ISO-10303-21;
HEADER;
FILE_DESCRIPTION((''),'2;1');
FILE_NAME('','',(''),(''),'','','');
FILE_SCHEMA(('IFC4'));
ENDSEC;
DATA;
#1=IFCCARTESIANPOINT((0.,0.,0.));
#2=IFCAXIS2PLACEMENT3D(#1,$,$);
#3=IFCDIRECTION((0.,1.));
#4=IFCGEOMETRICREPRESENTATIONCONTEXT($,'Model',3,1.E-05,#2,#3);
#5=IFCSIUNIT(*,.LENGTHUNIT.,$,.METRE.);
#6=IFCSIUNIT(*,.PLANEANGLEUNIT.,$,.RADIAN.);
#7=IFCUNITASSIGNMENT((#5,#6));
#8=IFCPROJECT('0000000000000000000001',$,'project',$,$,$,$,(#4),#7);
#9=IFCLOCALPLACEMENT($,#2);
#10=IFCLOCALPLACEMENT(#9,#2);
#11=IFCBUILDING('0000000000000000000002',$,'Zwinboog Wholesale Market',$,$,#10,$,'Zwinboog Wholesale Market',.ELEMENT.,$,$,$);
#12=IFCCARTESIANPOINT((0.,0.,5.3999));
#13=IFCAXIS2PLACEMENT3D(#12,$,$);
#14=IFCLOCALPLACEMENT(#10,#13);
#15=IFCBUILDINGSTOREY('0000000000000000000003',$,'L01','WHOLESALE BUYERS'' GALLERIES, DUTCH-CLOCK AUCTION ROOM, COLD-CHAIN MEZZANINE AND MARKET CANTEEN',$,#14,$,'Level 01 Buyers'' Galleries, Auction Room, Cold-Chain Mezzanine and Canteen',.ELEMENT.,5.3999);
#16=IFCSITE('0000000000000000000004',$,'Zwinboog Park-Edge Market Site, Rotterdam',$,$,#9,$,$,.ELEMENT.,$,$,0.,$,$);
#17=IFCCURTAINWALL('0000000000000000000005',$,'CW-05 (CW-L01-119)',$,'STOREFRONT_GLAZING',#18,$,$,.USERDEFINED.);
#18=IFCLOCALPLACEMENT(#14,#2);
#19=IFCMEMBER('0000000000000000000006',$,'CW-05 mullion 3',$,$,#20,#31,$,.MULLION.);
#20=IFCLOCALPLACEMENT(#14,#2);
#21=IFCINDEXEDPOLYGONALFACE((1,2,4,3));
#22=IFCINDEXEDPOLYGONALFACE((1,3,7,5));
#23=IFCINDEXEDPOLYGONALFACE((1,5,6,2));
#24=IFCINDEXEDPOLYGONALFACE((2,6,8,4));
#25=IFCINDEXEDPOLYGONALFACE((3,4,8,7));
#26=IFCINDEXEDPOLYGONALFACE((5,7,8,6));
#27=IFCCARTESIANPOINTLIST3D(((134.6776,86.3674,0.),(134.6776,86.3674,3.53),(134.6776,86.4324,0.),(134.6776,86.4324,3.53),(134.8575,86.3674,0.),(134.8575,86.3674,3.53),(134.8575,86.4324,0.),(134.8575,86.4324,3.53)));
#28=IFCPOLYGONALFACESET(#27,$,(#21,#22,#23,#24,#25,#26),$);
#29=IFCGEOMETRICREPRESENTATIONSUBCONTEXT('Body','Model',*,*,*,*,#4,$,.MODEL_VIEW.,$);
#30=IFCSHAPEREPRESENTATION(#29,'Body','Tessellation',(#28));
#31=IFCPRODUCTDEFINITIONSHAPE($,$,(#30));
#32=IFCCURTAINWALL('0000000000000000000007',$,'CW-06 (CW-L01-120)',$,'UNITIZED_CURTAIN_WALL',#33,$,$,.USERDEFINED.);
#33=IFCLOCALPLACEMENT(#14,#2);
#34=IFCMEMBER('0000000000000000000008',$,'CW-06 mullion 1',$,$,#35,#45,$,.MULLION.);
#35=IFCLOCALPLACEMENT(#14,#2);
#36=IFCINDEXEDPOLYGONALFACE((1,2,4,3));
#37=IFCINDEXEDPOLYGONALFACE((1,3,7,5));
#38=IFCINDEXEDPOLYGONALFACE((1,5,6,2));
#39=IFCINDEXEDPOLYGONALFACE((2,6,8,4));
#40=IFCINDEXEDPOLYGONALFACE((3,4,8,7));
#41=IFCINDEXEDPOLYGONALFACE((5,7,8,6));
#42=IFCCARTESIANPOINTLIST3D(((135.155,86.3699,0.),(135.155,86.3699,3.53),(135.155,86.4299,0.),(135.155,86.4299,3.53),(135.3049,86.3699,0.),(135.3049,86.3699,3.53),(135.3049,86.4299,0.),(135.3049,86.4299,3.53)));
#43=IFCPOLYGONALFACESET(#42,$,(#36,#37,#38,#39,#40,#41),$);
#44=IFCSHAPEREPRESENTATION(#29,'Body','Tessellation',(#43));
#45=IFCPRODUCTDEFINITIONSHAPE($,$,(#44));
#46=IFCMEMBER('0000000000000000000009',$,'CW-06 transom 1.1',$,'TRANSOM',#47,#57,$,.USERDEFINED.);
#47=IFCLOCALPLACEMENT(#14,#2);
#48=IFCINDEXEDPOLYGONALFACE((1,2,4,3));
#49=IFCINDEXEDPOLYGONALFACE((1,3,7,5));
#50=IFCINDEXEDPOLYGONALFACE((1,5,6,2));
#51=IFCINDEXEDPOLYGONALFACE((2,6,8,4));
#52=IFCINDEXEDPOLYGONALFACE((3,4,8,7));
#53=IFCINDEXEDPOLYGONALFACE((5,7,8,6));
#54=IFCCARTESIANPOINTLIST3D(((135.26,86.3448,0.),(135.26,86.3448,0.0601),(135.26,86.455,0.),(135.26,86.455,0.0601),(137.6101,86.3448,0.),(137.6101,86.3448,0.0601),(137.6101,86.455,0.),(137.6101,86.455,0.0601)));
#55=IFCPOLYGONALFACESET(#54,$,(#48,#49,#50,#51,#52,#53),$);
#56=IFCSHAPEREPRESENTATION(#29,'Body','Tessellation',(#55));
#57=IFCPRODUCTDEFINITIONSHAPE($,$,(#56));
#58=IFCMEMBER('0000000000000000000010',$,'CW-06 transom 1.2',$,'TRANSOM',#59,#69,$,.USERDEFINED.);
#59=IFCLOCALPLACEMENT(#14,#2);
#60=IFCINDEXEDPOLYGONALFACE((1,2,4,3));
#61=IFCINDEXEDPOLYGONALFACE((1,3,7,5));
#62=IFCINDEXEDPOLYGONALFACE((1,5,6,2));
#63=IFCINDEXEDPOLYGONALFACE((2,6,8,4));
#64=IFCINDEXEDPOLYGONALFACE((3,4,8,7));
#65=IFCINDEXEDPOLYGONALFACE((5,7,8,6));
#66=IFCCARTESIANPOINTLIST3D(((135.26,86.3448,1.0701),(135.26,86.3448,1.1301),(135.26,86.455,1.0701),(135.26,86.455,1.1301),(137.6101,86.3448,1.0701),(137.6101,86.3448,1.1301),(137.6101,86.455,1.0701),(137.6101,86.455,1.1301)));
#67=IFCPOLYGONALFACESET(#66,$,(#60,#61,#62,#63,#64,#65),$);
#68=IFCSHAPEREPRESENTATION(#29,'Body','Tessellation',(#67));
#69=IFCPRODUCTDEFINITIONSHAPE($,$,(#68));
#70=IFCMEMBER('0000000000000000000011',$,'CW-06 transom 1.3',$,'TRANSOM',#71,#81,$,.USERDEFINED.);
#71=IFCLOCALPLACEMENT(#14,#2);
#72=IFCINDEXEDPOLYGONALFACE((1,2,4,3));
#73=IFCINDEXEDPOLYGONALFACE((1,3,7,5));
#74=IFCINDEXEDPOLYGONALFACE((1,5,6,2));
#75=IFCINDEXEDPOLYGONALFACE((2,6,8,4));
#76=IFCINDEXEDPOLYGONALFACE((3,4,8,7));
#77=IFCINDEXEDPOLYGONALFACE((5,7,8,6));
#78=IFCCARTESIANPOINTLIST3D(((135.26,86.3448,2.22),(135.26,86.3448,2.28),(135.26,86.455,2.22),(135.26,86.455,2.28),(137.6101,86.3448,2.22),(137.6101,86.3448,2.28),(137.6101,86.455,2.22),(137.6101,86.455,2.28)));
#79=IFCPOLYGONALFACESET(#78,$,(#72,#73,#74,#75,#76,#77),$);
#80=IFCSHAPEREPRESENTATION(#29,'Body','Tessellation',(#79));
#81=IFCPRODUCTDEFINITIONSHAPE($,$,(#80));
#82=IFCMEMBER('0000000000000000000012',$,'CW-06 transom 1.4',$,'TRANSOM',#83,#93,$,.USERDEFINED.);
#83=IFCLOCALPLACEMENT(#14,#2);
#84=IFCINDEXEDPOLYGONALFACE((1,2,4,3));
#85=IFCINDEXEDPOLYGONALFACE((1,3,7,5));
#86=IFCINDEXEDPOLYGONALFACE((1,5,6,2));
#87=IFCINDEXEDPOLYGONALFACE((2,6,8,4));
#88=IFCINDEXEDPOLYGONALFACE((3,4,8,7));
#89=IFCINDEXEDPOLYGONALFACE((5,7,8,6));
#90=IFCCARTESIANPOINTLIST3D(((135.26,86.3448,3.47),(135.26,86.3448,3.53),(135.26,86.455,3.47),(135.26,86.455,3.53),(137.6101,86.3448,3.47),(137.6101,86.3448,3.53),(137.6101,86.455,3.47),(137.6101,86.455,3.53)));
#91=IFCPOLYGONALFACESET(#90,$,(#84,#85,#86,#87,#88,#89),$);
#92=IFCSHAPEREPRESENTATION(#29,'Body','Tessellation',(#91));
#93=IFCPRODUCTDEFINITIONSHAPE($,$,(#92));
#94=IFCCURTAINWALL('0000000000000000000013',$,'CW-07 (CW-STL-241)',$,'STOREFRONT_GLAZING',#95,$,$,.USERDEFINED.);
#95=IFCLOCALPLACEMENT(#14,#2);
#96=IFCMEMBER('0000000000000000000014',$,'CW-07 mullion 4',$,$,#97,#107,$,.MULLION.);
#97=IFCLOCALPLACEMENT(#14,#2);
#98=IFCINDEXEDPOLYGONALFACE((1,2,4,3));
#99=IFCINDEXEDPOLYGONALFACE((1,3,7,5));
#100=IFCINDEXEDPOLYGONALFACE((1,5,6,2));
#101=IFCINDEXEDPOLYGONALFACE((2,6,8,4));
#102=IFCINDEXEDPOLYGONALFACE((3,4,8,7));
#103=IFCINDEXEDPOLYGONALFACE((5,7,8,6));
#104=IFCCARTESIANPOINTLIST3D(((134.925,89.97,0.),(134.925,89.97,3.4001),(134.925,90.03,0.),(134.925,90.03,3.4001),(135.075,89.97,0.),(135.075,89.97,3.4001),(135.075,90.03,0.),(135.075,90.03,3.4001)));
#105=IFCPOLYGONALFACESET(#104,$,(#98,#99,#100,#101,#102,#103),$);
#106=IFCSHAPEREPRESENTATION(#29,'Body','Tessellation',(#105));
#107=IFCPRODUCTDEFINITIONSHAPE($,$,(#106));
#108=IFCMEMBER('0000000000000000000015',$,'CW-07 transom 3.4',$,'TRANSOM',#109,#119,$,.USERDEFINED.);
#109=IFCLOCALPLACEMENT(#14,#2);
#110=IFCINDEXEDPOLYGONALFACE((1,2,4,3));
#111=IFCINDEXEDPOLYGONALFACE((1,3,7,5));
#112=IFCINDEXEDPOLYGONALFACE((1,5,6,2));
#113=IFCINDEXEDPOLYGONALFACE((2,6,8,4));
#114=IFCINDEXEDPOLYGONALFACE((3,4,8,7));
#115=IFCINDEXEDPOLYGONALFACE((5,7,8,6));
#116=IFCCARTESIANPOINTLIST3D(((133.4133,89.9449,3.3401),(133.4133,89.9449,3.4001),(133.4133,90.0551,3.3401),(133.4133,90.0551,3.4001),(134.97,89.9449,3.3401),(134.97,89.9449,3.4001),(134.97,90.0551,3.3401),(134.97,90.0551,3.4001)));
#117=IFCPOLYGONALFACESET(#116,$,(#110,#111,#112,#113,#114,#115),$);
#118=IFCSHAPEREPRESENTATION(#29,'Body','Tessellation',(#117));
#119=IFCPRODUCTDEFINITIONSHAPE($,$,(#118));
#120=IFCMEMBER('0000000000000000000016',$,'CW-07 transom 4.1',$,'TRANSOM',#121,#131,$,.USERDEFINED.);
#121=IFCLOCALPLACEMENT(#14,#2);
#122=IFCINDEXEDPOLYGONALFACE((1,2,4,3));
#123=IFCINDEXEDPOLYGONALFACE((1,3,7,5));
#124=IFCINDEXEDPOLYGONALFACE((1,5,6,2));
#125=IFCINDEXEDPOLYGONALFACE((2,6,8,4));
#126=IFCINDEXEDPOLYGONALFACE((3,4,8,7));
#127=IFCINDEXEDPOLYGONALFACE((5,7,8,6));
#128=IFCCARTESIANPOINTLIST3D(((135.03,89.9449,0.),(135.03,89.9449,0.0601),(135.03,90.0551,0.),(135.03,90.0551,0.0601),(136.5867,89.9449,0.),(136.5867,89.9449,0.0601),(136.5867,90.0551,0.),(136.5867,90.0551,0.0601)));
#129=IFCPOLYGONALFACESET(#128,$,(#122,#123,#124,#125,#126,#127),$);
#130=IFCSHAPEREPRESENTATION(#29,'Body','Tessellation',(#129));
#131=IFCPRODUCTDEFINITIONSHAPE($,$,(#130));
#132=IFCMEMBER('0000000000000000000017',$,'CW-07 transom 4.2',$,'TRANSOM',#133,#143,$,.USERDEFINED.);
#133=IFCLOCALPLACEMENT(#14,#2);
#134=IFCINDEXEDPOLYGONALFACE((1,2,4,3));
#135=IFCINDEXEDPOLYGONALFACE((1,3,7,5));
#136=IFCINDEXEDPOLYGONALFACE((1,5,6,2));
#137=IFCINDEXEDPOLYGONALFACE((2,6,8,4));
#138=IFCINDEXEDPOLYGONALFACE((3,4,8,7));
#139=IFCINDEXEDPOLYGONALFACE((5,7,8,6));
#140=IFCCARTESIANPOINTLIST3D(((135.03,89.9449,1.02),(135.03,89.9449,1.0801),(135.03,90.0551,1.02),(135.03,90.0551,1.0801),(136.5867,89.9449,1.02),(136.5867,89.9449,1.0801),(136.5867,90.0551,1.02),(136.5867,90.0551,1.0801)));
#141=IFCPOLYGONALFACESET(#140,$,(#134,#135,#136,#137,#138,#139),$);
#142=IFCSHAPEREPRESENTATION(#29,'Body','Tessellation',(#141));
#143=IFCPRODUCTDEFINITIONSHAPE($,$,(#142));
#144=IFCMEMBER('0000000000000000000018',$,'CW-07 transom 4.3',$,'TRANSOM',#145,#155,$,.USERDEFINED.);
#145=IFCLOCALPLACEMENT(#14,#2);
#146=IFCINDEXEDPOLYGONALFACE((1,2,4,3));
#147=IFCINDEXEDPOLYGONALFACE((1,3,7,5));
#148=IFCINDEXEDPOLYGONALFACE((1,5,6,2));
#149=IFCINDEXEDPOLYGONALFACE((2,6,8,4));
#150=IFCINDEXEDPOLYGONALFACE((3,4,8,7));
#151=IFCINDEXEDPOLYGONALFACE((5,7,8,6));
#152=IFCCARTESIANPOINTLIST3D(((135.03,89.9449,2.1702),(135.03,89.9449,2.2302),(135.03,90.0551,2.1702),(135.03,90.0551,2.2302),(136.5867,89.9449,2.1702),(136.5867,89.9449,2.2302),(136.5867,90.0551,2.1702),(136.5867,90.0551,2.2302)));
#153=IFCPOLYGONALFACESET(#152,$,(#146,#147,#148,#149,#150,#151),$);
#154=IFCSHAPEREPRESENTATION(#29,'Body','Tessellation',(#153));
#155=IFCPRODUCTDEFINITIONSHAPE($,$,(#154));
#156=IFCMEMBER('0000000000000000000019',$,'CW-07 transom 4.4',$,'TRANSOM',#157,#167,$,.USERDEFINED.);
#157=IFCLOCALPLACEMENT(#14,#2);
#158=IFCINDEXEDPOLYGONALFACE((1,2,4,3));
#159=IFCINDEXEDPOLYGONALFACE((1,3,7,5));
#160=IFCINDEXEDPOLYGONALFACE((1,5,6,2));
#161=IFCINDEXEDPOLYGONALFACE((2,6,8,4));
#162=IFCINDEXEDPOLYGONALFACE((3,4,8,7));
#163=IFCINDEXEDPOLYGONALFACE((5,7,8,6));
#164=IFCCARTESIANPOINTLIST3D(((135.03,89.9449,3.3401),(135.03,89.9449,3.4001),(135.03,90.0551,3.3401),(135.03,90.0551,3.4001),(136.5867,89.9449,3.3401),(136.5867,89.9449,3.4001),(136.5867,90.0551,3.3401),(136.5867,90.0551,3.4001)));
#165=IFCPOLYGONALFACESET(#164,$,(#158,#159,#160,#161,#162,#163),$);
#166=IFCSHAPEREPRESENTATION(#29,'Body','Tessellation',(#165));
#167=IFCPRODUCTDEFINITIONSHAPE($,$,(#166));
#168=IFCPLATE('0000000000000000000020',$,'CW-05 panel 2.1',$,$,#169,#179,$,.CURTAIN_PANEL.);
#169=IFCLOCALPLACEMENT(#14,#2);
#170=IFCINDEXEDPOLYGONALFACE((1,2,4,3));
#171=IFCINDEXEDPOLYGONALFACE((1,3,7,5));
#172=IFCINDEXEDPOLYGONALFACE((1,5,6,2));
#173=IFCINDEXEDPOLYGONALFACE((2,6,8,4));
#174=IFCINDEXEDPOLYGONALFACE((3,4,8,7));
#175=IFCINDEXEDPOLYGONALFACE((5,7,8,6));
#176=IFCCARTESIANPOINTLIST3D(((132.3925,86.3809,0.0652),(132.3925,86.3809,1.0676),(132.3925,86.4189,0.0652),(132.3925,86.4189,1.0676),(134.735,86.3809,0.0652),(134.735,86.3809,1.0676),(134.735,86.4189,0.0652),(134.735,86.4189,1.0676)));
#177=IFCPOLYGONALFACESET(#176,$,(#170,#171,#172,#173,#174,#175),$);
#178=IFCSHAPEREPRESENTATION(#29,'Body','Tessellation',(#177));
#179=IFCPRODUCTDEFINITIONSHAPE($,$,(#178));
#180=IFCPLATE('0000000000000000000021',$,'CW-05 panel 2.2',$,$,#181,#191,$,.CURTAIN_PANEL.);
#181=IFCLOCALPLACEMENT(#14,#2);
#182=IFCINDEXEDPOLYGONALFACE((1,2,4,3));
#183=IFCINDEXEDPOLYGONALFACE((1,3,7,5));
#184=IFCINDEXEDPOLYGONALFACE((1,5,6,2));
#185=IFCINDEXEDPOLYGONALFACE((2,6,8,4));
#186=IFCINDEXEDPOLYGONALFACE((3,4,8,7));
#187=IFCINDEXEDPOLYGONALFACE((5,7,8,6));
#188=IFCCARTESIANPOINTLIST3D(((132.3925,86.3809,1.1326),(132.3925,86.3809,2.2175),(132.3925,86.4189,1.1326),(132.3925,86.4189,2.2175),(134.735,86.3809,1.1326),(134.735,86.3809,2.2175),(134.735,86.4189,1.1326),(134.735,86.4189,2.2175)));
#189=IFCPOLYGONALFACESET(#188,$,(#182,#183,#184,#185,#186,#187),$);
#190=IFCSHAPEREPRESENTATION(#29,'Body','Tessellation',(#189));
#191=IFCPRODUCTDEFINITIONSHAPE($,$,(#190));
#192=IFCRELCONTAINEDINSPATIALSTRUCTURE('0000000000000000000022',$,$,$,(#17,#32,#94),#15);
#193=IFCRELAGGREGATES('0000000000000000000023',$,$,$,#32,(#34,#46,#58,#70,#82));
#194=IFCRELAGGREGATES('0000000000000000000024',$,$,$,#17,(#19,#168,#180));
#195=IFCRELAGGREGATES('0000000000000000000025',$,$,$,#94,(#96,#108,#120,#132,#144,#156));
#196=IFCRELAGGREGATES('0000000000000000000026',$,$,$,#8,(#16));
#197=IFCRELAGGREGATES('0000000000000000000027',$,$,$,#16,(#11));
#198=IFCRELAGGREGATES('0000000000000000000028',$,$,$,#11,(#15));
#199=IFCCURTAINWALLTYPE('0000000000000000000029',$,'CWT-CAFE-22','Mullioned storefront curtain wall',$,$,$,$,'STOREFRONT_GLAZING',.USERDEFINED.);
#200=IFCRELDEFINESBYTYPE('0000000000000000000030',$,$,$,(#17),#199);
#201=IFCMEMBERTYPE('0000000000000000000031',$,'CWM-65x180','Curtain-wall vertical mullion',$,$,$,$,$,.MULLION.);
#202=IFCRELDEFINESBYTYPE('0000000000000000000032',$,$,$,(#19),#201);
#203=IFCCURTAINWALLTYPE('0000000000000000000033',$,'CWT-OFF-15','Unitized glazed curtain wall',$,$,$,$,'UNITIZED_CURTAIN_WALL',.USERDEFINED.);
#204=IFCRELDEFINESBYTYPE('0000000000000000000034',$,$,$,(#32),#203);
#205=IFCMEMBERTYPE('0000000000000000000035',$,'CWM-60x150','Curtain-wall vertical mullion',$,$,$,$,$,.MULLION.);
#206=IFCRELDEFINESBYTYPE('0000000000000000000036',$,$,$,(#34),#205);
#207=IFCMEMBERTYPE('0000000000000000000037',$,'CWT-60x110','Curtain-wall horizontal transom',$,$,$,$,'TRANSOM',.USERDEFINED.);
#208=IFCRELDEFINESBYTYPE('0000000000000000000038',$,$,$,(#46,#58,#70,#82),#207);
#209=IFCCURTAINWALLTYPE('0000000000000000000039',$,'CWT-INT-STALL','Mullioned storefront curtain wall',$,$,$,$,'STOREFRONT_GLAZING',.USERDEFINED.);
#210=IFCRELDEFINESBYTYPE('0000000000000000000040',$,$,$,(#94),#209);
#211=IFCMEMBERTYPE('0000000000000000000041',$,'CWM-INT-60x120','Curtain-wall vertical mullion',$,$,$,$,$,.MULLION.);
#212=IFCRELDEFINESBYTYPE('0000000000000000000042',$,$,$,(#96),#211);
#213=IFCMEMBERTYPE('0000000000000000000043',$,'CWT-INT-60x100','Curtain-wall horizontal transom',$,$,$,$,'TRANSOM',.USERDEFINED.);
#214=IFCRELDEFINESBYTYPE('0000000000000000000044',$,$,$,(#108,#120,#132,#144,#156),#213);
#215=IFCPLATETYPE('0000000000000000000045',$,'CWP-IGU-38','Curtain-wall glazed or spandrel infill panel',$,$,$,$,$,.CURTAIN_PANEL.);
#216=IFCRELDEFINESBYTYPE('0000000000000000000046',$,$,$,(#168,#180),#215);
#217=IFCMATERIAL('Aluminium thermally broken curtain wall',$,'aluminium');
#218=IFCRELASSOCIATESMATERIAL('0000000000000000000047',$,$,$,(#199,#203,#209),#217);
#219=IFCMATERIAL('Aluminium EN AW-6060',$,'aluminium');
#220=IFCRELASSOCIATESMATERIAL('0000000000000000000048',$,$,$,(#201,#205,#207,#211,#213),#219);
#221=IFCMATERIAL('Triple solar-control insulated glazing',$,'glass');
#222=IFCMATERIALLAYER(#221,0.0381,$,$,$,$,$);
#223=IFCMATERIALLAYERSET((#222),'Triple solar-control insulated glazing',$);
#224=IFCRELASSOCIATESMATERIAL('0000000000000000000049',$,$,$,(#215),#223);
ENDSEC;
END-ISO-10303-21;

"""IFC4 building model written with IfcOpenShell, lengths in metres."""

from ifc_helpers import new_model, si_unit, direction, frame, origin, origin_2d, place, context, subcontext, project, spatial, rectangle, extrude, material, layer, layer_set, material_profile, profile_set, type_object, element, aggregate, save


model = new_model("IFC4")

# Units and contexts
model_context = context("Model", 3, precision=1e-05, world=origin(), true_north=direction((0.0, 1.0)))
body_context = subcontext(model_context, "Body", "Model", "MODEL_VIEW")
ifc_project = project(units=[si_unit("LENGTHUNIT", "METRE"), si_unit("PLANEANGLEUNIT", "RADIAN")], contexts=[model_context])

# Site, building, storey
site_placement = place(None, origin())
site = spatial("IfcSite", under=ifc_project, at=site_placement, Name="Zwinboog Park-Edge Market Site, Rotterdam", CompositionType="ELEMENT", RefElevation=0.0)
building_placement = place(site_placement, origin())
building = spatial("IfcBuilding", under=site, at=building_placement, Name="Zwinboog Wholesale Market", LongName="Zwinboog Wholesale Market", CompositionType="ELEMENT")
storey_placement = place(building_placement, frame((0.0, 0.0, 5.3999)))
storey = spatial("IfcBuildingStorey", under=building, at=storey_placement, Name="L01", Description="WHOLESALE BUYERS' GALLERIES, DUTCH-CLOCK AUCTION ROOM, COLD-CHAIN MEZZANINE AND MARKET CANTEEN", LongName="Level 01 Buyers' Galleries, Auction Room, Cold-Chain Mezzanine and Canteen", CompositionType="ELEMENT", Elevation=5.3999)

# Curtain wall, member
ifc_material_1 = material(Name="Aluminium thermally broken curtain wall", Category="aluminium")
curtain_wall_type_1 = type_object("IfcCurtainWallType", Name="CWT-CAFE-22", Description="Mullioned storefront curtain wall", ElementType="STOREFRONT_GLAZING", PredefinedType="USERDEFINED", material=ifc_material_1)
curtain_wall_1_placement = place(storey_placement, origin())
curtain_wall_1 = element("IfcCurtainWall", 1, at=curtain_wall_1_placement, inside=storey, type_object=curtain_wall_type_1, Name="CW-05 (CW-L01-119)", ObjectType="STOREFRONT_GLAZING", PredefinedType="USERDEFINED")
ifc_material_2 = material(Name="Aluminium EN AW-6060", Category="aluminium")
ifc_material_profile_1 = material_profile(ifc_material_2, rectangle(XDim=0.0649, YDim=0.1799, at=origin_2d()), Name="AL 65x180")
ifc_profile_set_1 = profile_set([ifc_material_profile_1], Name="Aluminium EN AW-6060")
member_type_1 = type_object("IfcMemberType", Name="CWM-65x180", Description="Curtain-wall vertical mullion", PredefinedType="MULLION", material=ifc_profile_set_1)
member_1_placement = place(storey_placement, frame((134.7676, 86.3999, 0.0), z_axis=(0.0, 0.0, 1.0), x_axis=(0.0, 1.0, 0.0)))
member_1 = element("IfcMember", 2, at=member_1_placement, type_object=member_type_1, Name="CW-05 mullion 3", PredefinedType="MULLION", context=body_context, shape_type="SweptSolid", body=[
    extrude(rectangle(XDim=0.0649, YDim=0.1799, at=origin_2d()), origin(), (0.0, 0.0, 1.0), 3.53),
])

# Curtain walls, members
curtain_wall_type_2 = type_object("IfcCurtainWallType", Name="CWT-OFF-15", Description="Unitized glazed curtain wall", ElementType="UNITIZED_CURTAIN_WALL", PredefinedType="USERDEFINED", material=ifc_material_1)
curtain_wall_2_placement = place(storey_placement, origin())
curtain_wall_2 = element("IfcCurtainWall", 3, at=curtain_wall_2_placement, inside=storey, type_object=curtain_wall_type_2, Name="CW-06 (CW-L01-120)", ObjectType="UNITIZED_CURTAIN_WALL", PredefinedType="USERDEFINED")
ifc_material_profile_2 = material_profile(ifc_material_2, rectangle(XDim=0.0601, YDim=0.1499, at=origin_2d()), Name="AL 60x150")
ifc_profile_set_2 = profile_set([ifc_material_profile_2], Name="Aluminium EN AW-6060")
member_type_2 = type_object("IfcMemberType", Name="CWM-60x150", Description="Curtain-wall vertical mullion", PredefinedType="MULLION", material=ifc_profile_set_2)
member_2_placement = place(storey_placement, frame((135.23, 86.3999, 0.0), z_axis=(0.0, 0.0, 1.0), x_axis=(0.0, 1.0, 0.0)))
member_2 = element("IfcMember", 4, at=member_2_placement, type_object=member_type_2, Name="CW-06 mullion 1", PredefinedType="MULLION", context=body_context, shape_type="SweptSolid", body=[
    extrude(rectangle(XDim=0.0601, YDim=0.1499, at=origin_2d()), origin(), (0.0, 0.0, 1.0), 3.53),
])
ifc_material_profile_3 = material_profile(ifc_material_2, rectangle(XDim=0.1101, YDim=0.0601, at=origin_2d()), Name="AL 60x110")
ifc_profile_set_3 = profile_set([ifc_material_profile_3], Name="Aluminium EN AW-6060")
member_type_3 = type_object("IfcMemberType", Name="CWT-60x110", Description="Curtain-wall horizontal transom", ElementType="TRANSOM", PredefinedType="USERDEFINED", material=ifc_profile_set_3)
member_3_placement = place(storey_placement, frame((135.26, 86.3999, 0.03), z_axis=(1.0, 0.0, 0.0), x_axis=(0.0, 1.0, 0.0)))
member_3 = element("IfcMember", 5, at=member_3_placement, type_object=member_type_3, Name="CW-06 transom 1.1", ObjectType="TRANSOM", PredefinedType="USERDEFINED", context=body_context, shape_type="SweptSolid", body=[
    extrude(rectangle(XDim=0.1101, YDim=0.0601, at=origin_2d()), origin(), (0.0, 0.0, 1.0), 2.3501),
])
member_4_placement = place(storey_placement, frame((135.26, 86.3999, 1.1001), z_axis=(1.0, 0.0, 0.0), x_axis=(0.0, 1.0, 0.0)))
member_4 = element("IfcMember", 6, at=member_4_placement, type_object=member_type_3, Name="CW-06 transom 1.2", ObjectType="TRANSOM", PredefinedType="USERDEFINED", context=body_context, shape_type="SweptSolid", body=[
    extrude(rectangle(XDim=0.1101, YDim=0.0601, at=origin_2d()), origin(), (0.0, 0.0, 1.0), 2.3501),
])
member_5_placement = place(storey_placement, frame((135.26, 86.3999, 2.25), z_axis=(1.0, 0.0, 0.0), x_axis=(0.0, 1.0, 0.0)))
member_5 = element("IfcMember", 7, at=member_5_placement, type_object=member_type_3, Name="CW-06 transom 1.3", ObjectType="TRANSOM", PredefinedType="USERDEFINED", context=body_context, shape_type="SweptSolid", body=[
    extrude(rectangle(XDim=0.1101, YDim=0.0601, at=origin_2d()), origin(), (0.0, 0.0, 1.0), 2.3501),
])
member_6_placement = place(storey_placement, frame((135.26, 86.3999, 3.5), z_axis=(1.0, 0.0, 0.0), x_axis=(0.0, 1.0, 0.0)))
member_6 = element("IfcMember", 8, at=member_6_placement, type_object=member_type_3, Name="CW-06 transom 1.4", ObjectType="TRANSOM", PredefinedType="USERDEFINED", context=body_context, shape_type="SweptSolid", body=[
    extrude(rectangle(XDim=0.1101, YDim=0.0601, at=origin_2d()), origin(), (0.0, 0.0, 1.0), 2.3501),
])
aggregate(curtain_wall_2, [member_2, member_3, member_4, member_5, member_6])
curtain_wall_type_3 = type_object("IfcCurtainWallType", Name="CWT-INT-STALL", Description="Mullioned storefront curtain wall", ElementType="STOREFRONT_GLAZING", PredefinedType="USERDEFINED", material=ifc_material_1)
curtain_wall_3_placement = place(storey_placement, origin())
curtain_wall_3 = element("IfcCurtainWall", 9, at=curtain_wall_3_placement, inside=storey, type_object=curtain_wall_type_3, Name="CW-07 (CW-STL-241)", ObjectType="STOREFRONT_GLAZING", PredefinedType="USERDEFINED")
ifc_material_profile_4 = material_profile(ifc_material_2, rectangle(XDim=0.0601, YDim=0.1499, at=origin_2d()), Name="AL 60x150")
ifc_profile_set_4 = profile_set([ifc_material_profile_4], Name="Aluminium EN AW-6060")
member_type_4 = type_object("IfcMemberType", Name="CWM-INT-60x120", Description="Curtain-wall vertical mullion", PredefinedType="MULLION", material=ifc_profile_set_4)
member_7_placement = place(storey_placement, frame((135.0, 90.0, 0.0), z_axis=(0.0, 0.0, 1.0), x_axis=(0.0, 1.0, 0.0)))
member_7 = element("IfcMember", 10, at=member_7_placement, type_object=member_type_4, Name="CW-07 mullion 4", PredefinedType="MULLION", context=body_context, shape_type="SweptSolid", body=[
    extrude(rectangle(XDim=0.0601, YDim=0.1499, at=origin_2d()), origin(), (0.0, 0.0, 1.0), 3.4001),
])
ifc_material_profile_5 = material_profile(ifc_material_2, rectangle(XDim=0.1101, YDim=0.0601, at=origin_2d()), Name="AL 60x110")
ifc_profile_set_5 = profile_set([ifc_material_profile_5], Name="Aluminium EN AW-6060")
member_type_5 = type_object("IfcMemberType", Name="CWT-INT-60x100", Description="Curtain-wall horizontal transom", ElementType="TRANSOM", PredefinedType="USERDEFINED", material=ifc_profile_set_5)
member_8_placement = place(storey_placement, frame((133.4133, 90.0, 3.3701), z_axis=(1.0, 0.0, 0.0), x_axis=(0.0, 1.0, 0.0)))
member_8 = element("IfcMember", 11, at=member_8_placement, type_object=member_type_5, Name="CW-07 transom 3.4", ObjectType="TRANSOM", PredefinedType="USERDEFINED", context=body_context, shape_type="SweptSolid", body=[
    extrude(rectangle(XDim=0.1101, YDim=0.0601, at=origin_2d()), origin(), (0.0, 0.0, 1.0), 1.5566),
])
member_9_placement = place(storey_placement, frame((135.03, 90.0, 0.03), z_axis=(1.0, 0.0, 0.0), x_axis=(0.0, 1.0, 0.0)))
member_9 = element("IfcMember", 12, at=member_9_placement, type_object=member_type_5, Name="CW-07 transom 4.1", ObjectType="TRANSOM", PredefinedType="USERDEFINED", context=body_context, shape_type="SweptSolid", body=[
    extrude(rectangle(XDim=0.1101, YDim=0.0601, at=origin_2d()), origin(), (0.0, 0.0, 1.0), 1.5566),
])
member_10_placement = place(storey_placement, frame((135.03, 90.0, 1.05), z_axis=(1.0, 0.0, 0.0), x_axis=(0.0, 1.0, 0.0)))
member_10 = element("IfcMember", 13, at=member_10_placement, type_object=member_type_5, Name="CW-07 transom 4.2", ObjectType="TRANSOM", PredefinedType="USERDEFINED", context=body_context, shape_type="SweptSolid", body=[
    extrude(rectangle(XDim=0.1101, YDim=0.0601, at=origin_2d()), origin(), (0.0, 0.0, 1.0), 1.5566),
])
member_11_placement = place(storey_placement, frame((135.03, 90.0, 2.2002), z_axis=(1.0, 0.0, 0.0), x_axis=(0.0, 1.0, 0.0)))
member_11 = element("IfcMember", 14, at=member_11_placement, type_object=member_type_5, Name="CW-07 transom 4.3", ObjectType="TRANSOM", PredefinedType="USERDEFINED", context=body_context, shape_type="SweptSolid", body=[
    extrude(rectangle(XDim=0.1101, YDim=0.0601, at=origin_2d()), origin(), (0.0, 0.0, 1.0), 1.5566),
])
member_12_placement = place(storey_placement, frame((135.03, 90.0, 3.3701), z_axis=(1.0, 0.0, 0.0), x_axis=(0.0, 1.0, 0.0)))
member_12 = element("IfcMember", 15, at=member_12_placement, type_object=member_type_5, Name="CW-07 transom 4.4", ObjectType="TRANSOM", PredefinedType="USERDEFINED", context=body_context, shape_type="SweptSolid", body=[
    extrude(rectangle(XDim=0.1101, YDim=0.0601, at=origin_2d()), origin(), (0.0, 0.0, 1.0), 1.5566),
])

# Plates
ifc_material_3 = material(Name="Triple solar-control insulated glazing", Category="glass")
ifc_layer_1 = layer(ifc_material_3, 0.0381)
ifc_layer_set_1 = layer_set([ifc_layer_1], Name="Triple solar-control insulated glazing")
plate_type_1 = type_object("IfcPlateType", Name="CWP-IGU-38", Description="Curtain-wall glazed or spandrel infill panel", PredefinedType="CURTAIN_PANEL", material=ifc_layer_set_1)
plate_1_placement = place(storey_placement, frame((133.5637, 86.3999, 0.0652), z_axis=(0.0, 0.0, 1.0), x_axis=(1.0, 0.0, 0.0)))
plate_1 = element("IfcPlate", 16, at=plate_1_placement, type_object=plate_type_1, Name="CW-05 panel 2.1", PredefinedType="CURTAIN_PANEL", context=body_context, shape_type="SweptSolid", body=[
    extrude(rectangle(XDim=2.3425, YDim=0.0381, at=origin_2d()), origin(), (0.0, 0.0, 1.0), 1.0024),
])
plate_2_placement = place(storey_placement, frame((133.5637, 86.3999, 1.1326), z_axis=(0.0, 0.0, 1.0), x_axis=(1.0, 0.0, 0.0)))
plate_2 = element("IfcPlate", 17, at=plate_2_placement, type_object=plate_type_1, Name="CW-05 panel 2.2", PredefinedType="CURTAIN_PANEL", context=body_context, shape_type="SweptSolid", body=[
    extrude(rectangle(XDim=2.3425, YDim=0.0381, at=origin_2d()), origin(), (0.0, 0.0, 1.0), 1.085),
])
aggregate(curtain_wall_1, [member_1, plate_1, plate_2])
aggregate(curtain_wall_3, [member_7, member_8, member_9, member_10, member_11, member_12])

save(model, "model.ifc")
